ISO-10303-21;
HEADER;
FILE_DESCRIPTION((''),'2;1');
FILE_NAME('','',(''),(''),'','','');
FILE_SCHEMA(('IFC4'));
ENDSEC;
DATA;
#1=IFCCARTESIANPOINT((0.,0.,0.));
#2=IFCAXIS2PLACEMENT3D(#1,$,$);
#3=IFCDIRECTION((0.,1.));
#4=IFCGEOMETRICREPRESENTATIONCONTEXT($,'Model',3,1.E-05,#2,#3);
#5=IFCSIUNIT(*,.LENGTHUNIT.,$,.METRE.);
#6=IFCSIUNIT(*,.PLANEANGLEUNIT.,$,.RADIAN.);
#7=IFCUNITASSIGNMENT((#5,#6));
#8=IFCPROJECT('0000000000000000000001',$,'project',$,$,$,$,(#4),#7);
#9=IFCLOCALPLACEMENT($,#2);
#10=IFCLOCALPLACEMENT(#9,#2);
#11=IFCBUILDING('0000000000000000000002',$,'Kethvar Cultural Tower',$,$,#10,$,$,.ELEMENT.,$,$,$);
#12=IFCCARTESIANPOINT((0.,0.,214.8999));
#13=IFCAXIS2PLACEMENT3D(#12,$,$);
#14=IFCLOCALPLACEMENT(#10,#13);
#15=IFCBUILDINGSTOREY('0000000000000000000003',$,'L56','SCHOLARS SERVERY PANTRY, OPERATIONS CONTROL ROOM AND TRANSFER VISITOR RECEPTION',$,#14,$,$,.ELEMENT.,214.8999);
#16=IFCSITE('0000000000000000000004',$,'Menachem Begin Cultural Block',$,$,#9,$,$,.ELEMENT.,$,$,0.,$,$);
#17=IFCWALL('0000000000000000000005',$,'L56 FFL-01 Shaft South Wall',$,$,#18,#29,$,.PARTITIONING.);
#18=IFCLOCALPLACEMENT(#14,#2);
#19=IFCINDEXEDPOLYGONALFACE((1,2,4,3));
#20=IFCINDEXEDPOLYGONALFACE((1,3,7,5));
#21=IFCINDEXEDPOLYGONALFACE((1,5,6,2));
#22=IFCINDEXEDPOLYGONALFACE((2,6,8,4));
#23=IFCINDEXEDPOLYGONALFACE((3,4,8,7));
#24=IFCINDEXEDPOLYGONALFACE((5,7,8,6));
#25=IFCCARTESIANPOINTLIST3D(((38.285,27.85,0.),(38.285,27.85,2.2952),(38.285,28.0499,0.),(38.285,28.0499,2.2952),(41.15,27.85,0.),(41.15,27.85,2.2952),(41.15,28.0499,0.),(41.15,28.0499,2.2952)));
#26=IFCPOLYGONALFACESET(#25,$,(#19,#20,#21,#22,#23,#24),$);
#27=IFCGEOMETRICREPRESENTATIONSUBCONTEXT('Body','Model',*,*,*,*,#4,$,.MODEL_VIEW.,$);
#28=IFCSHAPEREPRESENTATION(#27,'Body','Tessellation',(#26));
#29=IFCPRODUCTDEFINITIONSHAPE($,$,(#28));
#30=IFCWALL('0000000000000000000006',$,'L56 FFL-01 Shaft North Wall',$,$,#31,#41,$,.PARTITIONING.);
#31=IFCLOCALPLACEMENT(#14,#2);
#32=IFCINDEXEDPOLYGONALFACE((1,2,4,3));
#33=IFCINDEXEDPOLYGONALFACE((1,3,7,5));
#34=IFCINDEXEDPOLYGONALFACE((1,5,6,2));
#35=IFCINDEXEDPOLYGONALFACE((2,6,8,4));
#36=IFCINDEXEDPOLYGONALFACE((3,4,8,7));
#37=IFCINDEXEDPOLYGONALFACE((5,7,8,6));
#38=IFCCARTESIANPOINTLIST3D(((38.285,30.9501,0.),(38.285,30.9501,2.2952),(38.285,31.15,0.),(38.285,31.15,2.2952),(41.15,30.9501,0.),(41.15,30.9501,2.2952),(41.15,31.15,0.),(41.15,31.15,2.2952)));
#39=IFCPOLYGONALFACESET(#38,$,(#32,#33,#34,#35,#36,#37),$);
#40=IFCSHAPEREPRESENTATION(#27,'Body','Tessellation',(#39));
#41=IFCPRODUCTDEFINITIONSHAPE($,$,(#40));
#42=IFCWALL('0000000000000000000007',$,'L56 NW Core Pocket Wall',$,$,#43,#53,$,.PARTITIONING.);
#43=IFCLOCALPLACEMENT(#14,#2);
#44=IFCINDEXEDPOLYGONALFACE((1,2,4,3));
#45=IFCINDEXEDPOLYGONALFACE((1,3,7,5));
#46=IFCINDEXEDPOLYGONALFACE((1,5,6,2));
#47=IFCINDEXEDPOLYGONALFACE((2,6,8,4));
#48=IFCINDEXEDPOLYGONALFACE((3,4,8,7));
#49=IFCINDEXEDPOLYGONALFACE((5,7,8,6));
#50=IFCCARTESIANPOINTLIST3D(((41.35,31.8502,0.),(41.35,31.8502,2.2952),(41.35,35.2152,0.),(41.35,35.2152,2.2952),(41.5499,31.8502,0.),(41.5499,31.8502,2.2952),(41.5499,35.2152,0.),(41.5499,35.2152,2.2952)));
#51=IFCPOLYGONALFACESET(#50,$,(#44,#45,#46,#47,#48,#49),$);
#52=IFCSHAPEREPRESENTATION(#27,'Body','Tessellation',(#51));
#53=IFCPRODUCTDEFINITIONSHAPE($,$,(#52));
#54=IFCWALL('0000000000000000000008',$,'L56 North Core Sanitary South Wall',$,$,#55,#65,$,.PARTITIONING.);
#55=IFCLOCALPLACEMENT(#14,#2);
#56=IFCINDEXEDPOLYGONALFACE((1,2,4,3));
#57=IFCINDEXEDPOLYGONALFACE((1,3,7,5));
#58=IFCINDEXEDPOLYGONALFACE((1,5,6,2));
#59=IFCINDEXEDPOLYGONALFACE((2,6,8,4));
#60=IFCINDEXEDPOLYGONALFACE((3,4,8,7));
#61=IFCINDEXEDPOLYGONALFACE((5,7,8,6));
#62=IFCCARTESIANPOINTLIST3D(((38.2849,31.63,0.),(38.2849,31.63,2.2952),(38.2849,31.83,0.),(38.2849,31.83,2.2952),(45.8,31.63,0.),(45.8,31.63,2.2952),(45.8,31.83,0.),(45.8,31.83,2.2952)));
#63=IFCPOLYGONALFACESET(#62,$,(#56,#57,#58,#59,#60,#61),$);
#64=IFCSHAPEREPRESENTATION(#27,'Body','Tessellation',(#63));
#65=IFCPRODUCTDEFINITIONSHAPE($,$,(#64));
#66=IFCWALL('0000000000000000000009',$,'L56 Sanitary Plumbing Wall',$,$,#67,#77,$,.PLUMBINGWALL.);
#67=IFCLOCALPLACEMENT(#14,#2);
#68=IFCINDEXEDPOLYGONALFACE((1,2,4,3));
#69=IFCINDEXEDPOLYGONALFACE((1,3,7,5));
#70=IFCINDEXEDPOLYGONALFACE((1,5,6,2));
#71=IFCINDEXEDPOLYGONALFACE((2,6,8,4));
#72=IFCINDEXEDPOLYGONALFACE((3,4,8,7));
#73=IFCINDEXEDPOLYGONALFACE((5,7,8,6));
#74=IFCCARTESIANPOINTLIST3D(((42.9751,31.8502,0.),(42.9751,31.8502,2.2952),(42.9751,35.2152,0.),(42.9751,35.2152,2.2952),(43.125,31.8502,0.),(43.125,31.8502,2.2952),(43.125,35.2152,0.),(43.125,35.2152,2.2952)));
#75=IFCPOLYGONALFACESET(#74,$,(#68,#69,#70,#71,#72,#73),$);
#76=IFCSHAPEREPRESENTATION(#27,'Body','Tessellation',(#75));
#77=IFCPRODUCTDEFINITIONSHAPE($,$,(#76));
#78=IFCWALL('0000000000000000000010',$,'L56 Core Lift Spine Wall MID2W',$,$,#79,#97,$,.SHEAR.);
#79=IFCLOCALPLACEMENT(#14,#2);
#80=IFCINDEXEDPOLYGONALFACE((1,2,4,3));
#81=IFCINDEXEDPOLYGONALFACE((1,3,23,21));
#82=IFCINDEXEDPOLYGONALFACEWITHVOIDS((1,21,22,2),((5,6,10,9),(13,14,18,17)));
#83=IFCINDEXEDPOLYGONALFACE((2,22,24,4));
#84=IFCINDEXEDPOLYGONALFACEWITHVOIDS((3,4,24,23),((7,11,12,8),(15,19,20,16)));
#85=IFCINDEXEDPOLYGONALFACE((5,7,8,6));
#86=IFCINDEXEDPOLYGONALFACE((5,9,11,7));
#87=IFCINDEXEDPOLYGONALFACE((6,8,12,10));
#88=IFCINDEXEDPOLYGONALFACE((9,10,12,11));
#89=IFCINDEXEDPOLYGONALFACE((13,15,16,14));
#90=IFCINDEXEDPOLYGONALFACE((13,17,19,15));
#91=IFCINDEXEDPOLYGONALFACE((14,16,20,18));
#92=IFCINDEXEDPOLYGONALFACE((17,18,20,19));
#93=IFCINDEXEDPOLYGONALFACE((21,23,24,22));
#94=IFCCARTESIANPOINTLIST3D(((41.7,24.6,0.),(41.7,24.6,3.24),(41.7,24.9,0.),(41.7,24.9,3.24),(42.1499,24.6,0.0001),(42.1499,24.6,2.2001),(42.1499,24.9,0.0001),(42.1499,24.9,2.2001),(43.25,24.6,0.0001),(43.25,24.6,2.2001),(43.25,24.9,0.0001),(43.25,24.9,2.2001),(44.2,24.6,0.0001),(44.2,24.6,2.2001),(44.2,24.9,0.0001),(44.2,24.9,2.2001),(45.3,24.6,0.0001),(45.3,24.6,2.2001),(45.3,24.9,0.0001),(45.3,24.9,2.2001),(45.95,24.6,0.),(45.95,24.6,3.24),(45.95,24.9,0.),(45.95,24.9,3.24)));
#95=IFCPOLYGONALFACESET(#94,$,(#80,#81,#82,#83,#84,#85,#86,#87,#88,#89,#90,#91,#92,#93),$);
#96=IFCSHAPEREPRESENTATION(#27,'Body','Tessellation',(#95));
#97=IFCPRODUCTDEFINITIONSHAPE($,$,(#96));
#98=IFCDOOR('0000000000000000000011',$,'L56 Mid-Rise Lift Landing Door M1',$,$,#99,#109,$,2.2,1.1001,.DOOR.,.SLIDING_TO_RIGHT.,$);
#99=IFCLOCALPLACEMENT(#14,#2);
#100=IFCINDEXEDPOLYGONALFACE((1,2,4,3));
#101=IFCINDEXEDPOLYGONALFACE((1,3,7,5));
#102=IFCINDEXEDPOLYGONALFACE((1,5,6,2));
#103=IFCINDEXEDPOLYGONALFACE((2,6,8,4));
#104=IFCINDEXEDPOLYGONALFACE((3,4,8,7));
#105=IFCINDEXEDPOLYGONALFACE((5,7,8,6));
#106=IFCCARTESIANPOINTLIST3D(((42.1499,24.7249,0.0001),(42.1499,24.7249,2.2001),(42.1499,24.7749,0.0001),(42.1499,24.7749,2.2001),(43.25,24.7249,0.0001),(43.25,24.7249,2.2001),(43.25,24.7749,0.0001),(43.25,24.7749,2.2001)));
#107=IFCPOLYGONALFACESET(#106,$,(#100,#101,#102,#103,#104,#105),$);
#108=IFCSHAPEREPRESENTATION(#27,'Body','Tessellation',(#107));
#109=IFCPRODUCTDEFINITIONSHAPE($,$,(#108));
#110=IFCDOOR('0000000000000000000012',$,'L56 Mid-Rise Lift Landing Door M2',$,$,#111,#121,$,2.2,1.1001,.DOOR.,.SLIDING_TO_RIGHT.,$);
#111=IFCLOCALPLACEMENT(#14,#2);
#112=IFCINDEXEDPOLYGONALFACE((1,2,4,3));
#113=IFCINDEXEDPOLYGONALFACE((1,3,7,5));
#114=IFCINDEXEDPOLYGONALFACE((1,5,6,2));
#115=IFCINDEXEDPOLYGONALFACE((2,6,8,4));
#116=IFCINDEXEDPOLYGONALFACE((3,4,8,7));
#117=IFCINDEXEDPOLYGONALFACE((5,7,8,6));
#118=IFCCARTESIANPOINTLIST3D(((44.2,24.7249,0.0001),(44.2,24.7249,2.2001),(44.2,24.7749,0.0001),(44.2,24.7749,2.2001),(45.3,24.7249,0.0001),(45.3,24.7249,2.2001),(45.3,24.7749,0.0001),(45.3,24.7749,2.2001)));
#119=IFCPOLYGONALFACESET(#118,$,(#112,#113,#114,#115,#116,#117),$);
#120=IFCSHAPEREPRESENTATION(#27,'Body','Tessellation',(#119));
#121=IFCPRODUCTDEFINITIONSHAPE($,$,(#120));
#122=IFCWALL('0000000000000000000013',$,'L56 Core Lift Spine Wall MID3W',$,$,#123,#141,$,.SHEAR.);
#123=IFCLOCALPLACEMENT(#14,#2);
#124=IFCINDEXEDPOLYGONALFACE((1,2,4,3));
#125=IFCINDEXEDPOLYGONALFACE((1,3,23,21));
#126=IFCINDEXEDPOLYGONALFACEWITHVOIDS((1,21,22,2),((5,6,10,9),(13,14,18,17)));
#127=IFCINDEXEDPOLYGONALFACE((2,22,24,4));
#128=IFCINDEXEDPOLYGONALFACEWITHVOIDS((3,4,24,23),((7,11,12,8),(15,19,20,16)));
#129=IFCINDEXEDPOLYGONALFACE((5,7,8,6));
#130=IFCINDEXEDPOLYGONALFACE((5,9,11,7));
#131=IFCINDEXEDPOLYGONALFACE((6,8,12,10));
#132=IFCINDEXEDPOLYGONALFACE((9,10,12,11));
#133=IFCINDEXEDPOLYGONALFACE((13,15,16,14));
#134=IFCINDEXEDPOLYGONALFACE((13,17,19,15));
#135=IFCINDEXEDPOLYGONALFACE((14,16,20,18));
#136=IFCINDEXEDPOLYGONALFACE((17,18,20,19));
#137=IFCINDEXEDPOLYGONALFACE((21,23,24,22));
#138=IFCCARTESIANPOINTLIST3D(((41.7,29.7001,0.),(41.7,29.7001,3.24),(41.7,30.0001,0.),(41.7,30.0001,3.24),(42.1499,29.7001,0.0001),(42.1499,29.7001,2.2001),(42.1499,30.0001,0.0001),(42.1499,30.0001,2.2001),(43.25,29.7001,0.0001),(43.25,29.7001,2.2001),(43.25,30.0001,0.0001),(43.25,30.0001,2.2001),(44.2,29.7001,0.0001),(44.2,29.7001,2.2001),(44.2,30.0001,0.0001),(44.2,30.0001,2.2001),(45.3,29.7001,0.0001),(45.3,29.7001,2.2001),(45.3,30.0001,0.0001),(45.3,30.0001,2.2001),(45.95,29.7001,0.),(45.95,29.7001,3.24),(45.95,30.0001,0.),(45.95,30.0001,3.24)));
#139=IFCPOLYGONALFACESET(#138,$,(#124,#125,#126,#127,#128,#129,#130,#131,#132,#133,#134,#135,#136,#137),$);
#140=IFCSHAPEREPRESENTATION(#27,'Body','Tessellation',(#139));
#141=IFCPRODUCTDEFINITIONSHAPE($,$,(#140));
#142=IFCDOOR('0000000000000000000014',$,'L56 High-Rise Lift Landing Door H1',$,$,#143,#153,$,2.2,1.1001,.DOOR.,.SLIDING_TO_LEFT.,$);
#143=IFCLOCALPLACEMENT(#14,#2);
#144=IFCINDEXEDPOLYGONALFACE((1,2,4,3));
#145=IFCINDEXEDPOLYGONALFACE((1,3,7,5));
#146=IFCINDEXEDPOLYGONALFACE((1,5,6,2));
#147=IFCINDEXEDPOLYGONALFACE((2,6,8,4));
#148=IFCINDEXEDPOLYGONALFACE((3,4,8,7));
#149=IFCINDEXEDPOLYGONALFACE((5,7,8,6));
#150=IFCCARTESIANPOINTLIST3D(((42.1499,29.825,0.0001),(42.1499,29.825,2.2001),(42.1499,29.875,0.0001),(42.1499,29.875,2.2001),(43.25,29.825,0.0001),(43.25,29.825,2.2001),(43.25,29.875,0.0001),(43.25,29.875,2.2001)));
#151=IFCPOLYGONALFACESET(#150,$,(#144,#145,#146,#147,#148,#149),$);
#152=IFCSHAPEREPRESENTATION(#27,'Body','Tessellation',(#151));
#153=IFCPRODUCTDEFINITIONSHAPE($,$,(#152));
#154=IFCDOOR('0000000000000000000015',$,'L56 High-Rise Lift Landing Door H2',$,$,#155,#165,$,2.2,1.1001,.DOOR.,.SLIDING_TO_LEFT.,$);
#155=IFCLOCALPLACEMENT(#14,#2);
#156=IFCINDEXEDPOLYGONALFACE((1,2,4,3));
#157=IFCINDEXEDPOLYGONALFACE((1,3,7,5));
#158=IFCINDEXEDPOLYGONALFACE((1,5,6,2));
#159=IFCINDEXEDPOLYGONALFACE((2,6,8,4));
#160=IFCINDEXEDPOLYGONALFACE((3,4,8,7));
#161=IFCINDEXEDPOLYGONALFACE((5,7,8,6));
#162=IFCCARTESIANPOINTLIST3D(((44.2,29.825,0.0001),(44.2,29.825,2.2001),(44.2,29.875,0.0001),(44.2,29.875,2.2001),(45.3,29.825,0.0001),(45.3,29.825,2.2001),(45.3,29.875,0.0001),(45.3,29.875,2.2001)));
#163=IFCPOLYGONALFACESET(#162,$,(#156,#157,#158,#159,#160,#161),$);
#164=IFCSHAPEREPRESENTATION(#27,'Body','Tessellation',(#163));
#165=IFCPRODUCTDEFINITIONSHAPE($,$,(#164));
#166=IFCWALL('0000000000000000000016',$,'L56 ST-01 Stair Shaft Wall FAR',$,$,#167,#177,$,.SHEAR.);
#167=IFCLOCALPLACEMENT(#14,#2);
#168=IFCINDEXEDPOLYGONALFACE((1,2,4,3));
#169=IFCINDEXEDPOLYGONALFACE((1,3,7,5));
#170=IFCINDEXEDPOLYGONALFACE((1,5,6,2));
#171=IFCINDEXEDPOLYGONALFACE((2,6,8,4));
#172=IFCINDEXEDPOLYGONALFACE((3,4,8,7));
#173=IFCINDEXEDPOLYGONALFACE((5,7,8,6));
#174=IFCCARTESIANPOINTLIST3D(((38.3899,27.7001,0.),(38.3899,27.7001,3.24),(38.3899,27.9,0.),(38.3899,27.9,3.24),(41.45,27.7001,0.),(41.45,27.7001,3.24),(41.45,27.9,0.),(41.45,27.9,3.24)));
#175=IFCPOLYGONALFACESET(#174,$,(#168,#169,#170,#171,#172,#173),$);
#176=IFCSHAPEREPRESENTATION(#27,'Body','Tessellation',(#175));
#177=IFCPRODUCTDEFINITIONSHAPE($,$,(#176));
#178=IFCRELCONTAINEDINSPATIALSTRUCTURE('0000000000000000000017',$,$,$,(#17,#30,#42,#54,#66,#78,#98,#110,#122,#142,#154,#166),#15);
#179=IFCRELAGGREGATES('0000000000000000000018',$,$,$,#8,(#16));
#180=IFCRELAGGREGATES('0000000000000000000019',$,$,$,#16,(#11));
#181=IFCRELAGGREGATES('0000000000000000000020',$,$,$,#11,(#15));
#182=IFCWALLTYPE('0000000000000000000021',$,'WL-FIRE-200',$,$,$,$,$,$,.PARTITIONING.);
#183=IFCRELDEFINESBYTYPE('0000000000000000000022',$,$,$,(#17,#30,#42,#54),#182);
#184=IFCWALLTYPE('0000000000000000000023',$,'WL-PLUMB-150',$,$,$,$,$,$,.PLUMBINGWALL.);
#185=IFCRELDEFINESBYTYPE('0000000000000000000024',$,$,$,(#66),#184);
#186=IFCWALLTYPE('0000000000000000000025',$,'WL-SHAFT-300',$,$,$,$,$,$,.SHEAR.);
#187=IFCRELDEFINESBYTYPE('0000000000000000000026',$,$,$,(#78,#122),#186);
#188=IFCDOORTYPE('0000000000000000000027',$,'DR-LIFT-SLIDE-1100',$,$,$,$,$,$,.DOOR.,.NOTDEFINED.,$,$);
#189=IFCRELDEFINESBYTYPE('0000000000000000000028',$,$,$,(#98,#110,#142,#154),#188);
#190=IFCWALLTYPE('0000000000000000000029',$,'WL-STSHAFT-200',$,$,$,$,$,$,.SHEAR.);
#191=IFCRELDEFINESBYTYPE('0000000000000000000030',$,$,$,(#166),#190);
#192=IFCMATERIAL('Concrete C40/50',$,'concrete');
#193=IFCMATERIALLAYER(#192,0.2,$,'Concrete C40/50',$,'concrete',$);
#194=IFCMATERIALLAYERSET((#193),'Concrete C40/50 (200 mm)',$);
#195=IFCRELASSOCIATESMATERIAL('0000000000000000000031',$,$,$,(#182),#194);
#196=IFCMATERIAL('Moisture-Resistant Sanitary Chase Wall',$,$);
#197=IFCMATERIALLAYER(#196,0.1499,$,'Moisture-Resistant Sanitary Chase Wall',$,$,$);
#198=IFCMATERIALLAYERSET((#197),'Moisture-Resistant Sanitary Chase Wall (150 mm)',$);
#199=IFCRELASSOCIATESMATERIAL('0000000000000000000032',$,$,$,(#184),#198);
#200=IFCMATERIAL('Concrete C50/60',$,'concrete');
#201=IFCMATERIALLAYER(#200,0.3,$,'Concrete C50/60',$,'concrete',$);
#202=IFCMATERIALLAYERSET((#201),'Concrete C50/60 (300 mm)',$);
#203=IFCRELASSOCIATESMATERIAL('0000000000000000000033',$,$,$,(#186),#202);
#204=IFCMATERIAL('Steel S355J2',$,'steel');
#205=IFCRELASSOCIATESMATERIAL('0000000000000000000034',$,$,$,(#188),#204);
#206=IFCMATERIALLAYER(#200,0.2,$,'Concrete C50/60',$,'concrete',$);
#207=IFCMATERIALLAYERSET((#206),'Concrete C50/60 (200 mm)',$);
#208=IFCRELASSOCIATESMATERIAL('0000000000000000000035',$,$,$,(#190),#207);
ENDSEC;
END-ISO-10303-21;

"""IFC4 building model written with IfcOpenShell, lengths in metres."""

from ifc_helpers import new_model, si_unit, direction, frame, frame_2d, origin, place, context, subcontext, project, spatial, rectangle, extrude, source, transform, mapped, material, layer, layer_set, type_object, element, fill, save


model = new_model("IFC4")

# Units and contexts
model_context = context("Model", 3, precision=1e-05, world=origin(), true_north=direction((0.0, 1.0)))
body_context = subcontext(model_context, "Body", "Model", "MODEL_VIEW")
ifc_project = project(units=[si_unit("LENGTHUNIT", "METRE"), si_unit("PLANEANGLEUNIT", "RADIAN")], contexts=[model_context])

# Site, building, storey
site_placement = place(None, origin())
site = spatial("IfcSite", under=ifc_project, at=site_placement, Name="Menachem Begin Cultural Block", CompositionType="ELEMENT", RefElevation=0.0)
building_placement = place(site_placement, origin())
building = spatial("IfcBuilding", under=site, at=building_placement, Name="Kethvar Cultural Tower", CompositionType="ELEMENT")
storey_placement = place(building_placement, frame((0.0, 0.0, 214.8999)))
storey = spatial("IfcBuildingStorey", under=building, at=storey_placement, Name="L56", Description="SCHOLARS SERVERY PANTRY, OPERATIONS CONTROL ROOM AND TRANSFER VISITOR RECEPTION", CompositionType="ELEMENT", Elevation=214.8999)

# Shared definitions
ifc_material_1 = material(Name="Steel S355J2", Category="steel")

# Walls
ifc_material_2 = material(Name="Concrete C40/50", Category="concrete")
ifc_layer_1 = layer(ifc_material_2, 0.2, Name="Concrete C40/50", Category="concrete")
ifc_layer_set_1 = layer_set([ifc_layer_1], Name="Concrete C40/50 (200 mm)")
wall_type_1 = type_object("IfcWallType", Name="WL-FIRE-200", PredefinedType="PARTITIONING", material=ifc_layer_set_1)
for number, where, z_axis, x_axis, name in (
    (1, (38.2849, 27.95, 0.0), (0.0, 0.0, 1.0), (1.0, 0.0, 0.0), "L56 FFL-01 Shaft South Wall"),
    (2, (38.2849, 31.05, 0.0), (0.0, 0.0, 1.0), (1.0, 0.0, 0.0), "L56 FFL-01 Shaft North Wall"),
):
    element("IfcWall", number, at=place(storey_placement, frame(where, z_axis=z_axis, x_axis=x_axis)), inside=storey, type_object=wall_type_1, Name=name, PredefinedType="PARTITIONING", context=body_context, shape_type="SweptSolid", body=[
        extrude(rectangle(XDim=2.865, YDim=0.2, at=frame_2d((1.4326, 0.0))), origin(), (0.0, 0.0, 1.0), 2.2952),
    ])
wall_1_placement = place(storey_placement, frame((41.45, 31.8501, 0.0), z_axis=(0.0, 0.0, 1.0), x_axis=(0.0, 1.0, 0.0)))
element("IfcWall", 3, at=wall_1_placement, inside=storey, type_object=wall_type_1, Name="L56 NW Core Pocket Wall", PredefinedType="PARTITIONING", context=body_context, shape_type="SweptSolid", body=[
    extrude(rectangle(XDim=3.365, YDim=0.2, at=frame_2d((1.6826, 0.0))), origin(), (0.0, 0.0, 1.0), 2.2952),
])
wall_2_placement = place(storey_placement, frame((38.2849, 31.73, 0.0), z_axis=(0.0, 0.0, 1.0), x_axis=(1.0, 0.0, 0.0)))
element("IfcWall", 4, at=wall_2_placement, inside=storey, type_object=wall_type_1, Name="L56 North Core Sanitary South Wall", PredefinedType="PARTITIONING", context=body_context, shape_type="SweptSolid", body=[
    extrude(rectangle(XDim=7.5151, YDim=0.2, at=frame_2d((3.7576, 0.0))), origin(), (0.0, 0.0, 1.0), 2.2952),
])
ifc_material_3 = material(Name="Moisture-Resistant Sanitary Chase Wall")
ifc_layer_2 = layer(ifc_material_3, 0.1499, Name="Moisture-Resistant Sanitary Chase Wall")
ifc_layer_set_2 = layer_set([ifc_layer_2], Name="Moisture-Resistant Sanitary Chase Wall (150 mm)")
wall_type_2 = type_object("IfcWallType", Name="WL-PLUMB-150", PredefinedType="PLUMBINGWALL", material=ifc_layer_set_2)
wall_3_placement = place(storey_placement, frame((43.05, 31.8501, 0.0), z_axis=(0.0, 0.0, 1.0), x_axis=(0.0, 1.0, 0.0)))
element("IfcWall", 5, at=wall_3_placement, inside=storey, type_object=wall_type_2, Name="L56 Sanitary Plumbing Wall", PredefinedType="PLUMBINGWALL", context=body_context, shape_type="SweptSolid", body=[
    extrude(rectangle(XDim=3.365, YDim=0.1499, at=frame_2d((1.6826, 0.0))), origin(), (0.0, 0.0, 1.0), 2.2952),
])

# Walls, openings, doors
ifc_material_4 = material(Name="Concrete C50/60", Category="concrete")
ifc_layer_3 = layer(ifc_material_4, 0.3, Name="Concrete C50/60", Category="concrete")
ifc_layer_set_3 = layer_set([ifc_layer_3], Name="Concrete C50/60 (300 mm)")
wall_type_3 = type_object("IfcWallType", Name="WL-SHAFT-300", PredefinedType="SHEAR", material=ifc_layer_set_3)
wall_4_placement = place(storey_placement, frame((41.7, 24.75, 0.0), z_axis=(0.0, 0.0, 1.0), x_axis=(1.0, 0.0, 0.0)))
wall_4 = element("IfcWall", 6, at=wall_4_placement, inside=storey, type_object=wall_type_3, Name="L56 Core Lift Spine Wall MID2W", PredefinedType="SHEAR", context=body_context, shape_type="SweptSolid", body=[
    extrude(rectangle(XDim=4.25, YDim=0.3, at=frame_2d((2.125, 0.0))), origin(), (0.0, 0.0, 1.0), 3.24),
])
opening_1_placement = place(wall_4_placement, frame((0.45, 0.0, 0.0)))
opening_1 = element("IfcOpeningElement", 7, at=opening_1_placement, cuts=wall_4, PredefinedType="OPENING", context=body_context, shape_type="SweptSolid", body=[
    extrude(rectangle(XDim=1.1001, YDim=2.2, at=frame_2d((0.55, 1.1001))), frame((0.0, 0.1599, 0.0), z_axis=(0.0, -1.0, 0.0), x_axis=(1.0, 0.0, 0.0)), (0.0, 0.0, 1.0), 0.3201),
])
opening_2_placement = place(wall_4_placement, frame((2.5, 0.0, 0.0)))
opening_2 = element("IfcOpeningElement", 8, at=opening_2_placement, cuts=wall_4, PredefinedType="OPENING", context=body_context, shape_type="SweptSolid", body=[
    extrude(rectangle(XDim=1.1001, YDim=2.2, at=frame_2d((0.55, 1.1001))), frame((0.0, 0.1599, 0.0), z_axis=(0.0, -1.0, 0.0), x_axis=(1.0, 0.0, 0.0)), (0.0, 0.0, 1.0), 0.3201),
])
door_type = type_object("IfcDoorType", Name="DR-LIFT-SLIDE-1100", OperationType="NOTDEFINED", PredefinedType="DOOR", material=ifc_material_1)
shared_shape_1 = source(origin(), body_context, "Body", "SweptSolid", [
    extrude(rectangle(XDim=1.1001, YDim=2.2, at=frame_2d((0.55, 1.1001))), frame((0.0, 0.0249, 0.0), z_axis=(0.0, -1.0, 0.0), x_axis=(1.0, 0.0, 0.0)), (0.0, 0.0, 1.0), 0.05),
])
door_1_placement = place(opening_1_placement, origin())
door_1 = element("IfcDoor", 9, at=door_1_placement, inside=storey, type_object=door_type, Name="L56 Mid-Rise Lift Landing Door M1", OperationType="SLIDING_TO_RIGHT", OverallHeight=2.2, OverallWidth=1.1001, PredefinedType="DOOR", context=body_context, shape_type="MappedRepresentation", body=[
    mapped(shared_shape_1, transform((0.0, 0.0, 0.0), scale=1.0)),
])
fill(opening_1, door_1)
door_2_placement = place(opening_2_placement, origin())
door_2 = element("IfcDoor", 10, at=door_2_placement, inside=storey, type_object=door_type, Name="L56 Mid-Rise Lift Landing Door M2", OperationType="SLIDING_TO_RIGHT", OverallHeight=2.2, OverallWidth=1.1001, PredefinedType="DOOR", context=body_context, shape_type="MappedRepresentation", body=[
    mapped(shared_shape_1, transform((0.0, 0.0, 0.0), scale=1.0)),
])
fill(opening_2, door_2)
wall_5_placement = place(storey_placement, frame((41.7, 29.8501, 0.0), z_axis=(0.0, 0.0, 1.0), x_axis=(1.0, 0.0, 0.0)))
wall_5 = element("IfcWall", 11, at=wall_5_placement, inside=storey, type_object=wall_type_3, Name="L56 Core Lift Spine Wall MID3W", PredefinedType="SHEAR", context=body_context, shape_type="SweptSolid", body=[
    extrude(rectangle(XDim=4.25, YDim=0.3, at=frame_2d((2.125, 0.0))), origin(), (0.0, 0.0, 1.0), 3.24),
])
opening_3_placement = place(wall_5_placement, frame((0.45, 0.0, 0.0)))
opening_3 = element("IfcOpeningElement", 12, at=opening_3_placement, cuts=wall_5, PredefinedType="OPENING", context=body_context, shape_type="SweptSolid", body=[
    extrude(rectangle(XDim=1.1001, YDim=2.2, at=frame_2d((0.55, 1.1001))), frame((0.0, 0.1599, 0.0), z_axis=(0.0, -1.0, 0.0), x_axis=(1.0, 0.0, 0.0)), (0.0, 0.0, 1.0), 0.3201),
])
opening_4_placement = place(wall_5_placement, frame((2.5, 0.0, 0.0)))
opening_4 = element("IfcOpeningElement", 13, at=opening_4_placement, cuts=wall_5, PredefinedType="OPENING", context=body_context, shape_type="SweptSolid", body=[
    extrude(rectangle(XDim=1.1001, YDim=2.2, at=frame_2d((0.55, 1.1001))), frame((0.0, 0.1599, 0.0), z_axis=(0.0, -1.0, 0.0), x_axis=(1.0, 0.0, 0.0)), (0.0, 0.0, 1.0), 0.3201),
])
door_3_placement = place(opening_3_placement, origin())
door_3 = element("IfcDoor", 14, at=door_3_placement, inside=storey, type_object=door_type, Name="L56 High-Rise Lift Landing Door H1", OperationType="SLIDING_TO_LEFT", OverallHeight=2.2, OverallWidth=1.1001, PredefinedType="DOOR", context=body_context, shape_type="MappedRepresentation", body=[
    mapped(shared_shape_1, transform((0.0, 0.0, 0.0), scale=1.0)),
])
fill(opening_3, door_3)
door_4_placement = place(opening_4_placement, origin())
door_4 = element("IfcDoor", 15, at=door_4_placement, inside=storey, type_object=door_type, Name="L56 High-Rise Lift Landing Door H2", OperationType="SLIDING_TO_LEFT", OverallHeight=2.2, OverallWidth=1.1001, PredefinedType="DOOR", context=body_context, shape_type="MappedRepresentation", body=[
    mapped(shared_shape_1, transform((0.0, 0.0, 0.0), scale=1.0)),
])
fill(opening_4, door_4)

# Wall
ifc_layer_4 = layer(ifc_material_4, 0.2, Name="Concrete C50/60", Category="concrete")
ifc_layer_set_4 = layer_set([ifc_layer_4], Name="Concrete C50/60 (200 mm)")
wall_type_4 = type_object("IfcWallType", Name="WL-STSHAFT-200", PredefinedType="SHEAR", material=ifc_layer_set_4)
wall_6_placement = place(storey_placement, frame((38.3899, 27.8, 0.0), z_axis=(0.0, 0.0, 1.0), x_axis=(1.0, 0.0, 0.0)))
element("IfcWall", 16, at=wall_6_placement, inside=storey, type_object=wall_type_4, Name="L56 ST-01 Stair Shaft Wall FAR", PredefinedType="SHEAR", context=body_context, shape_type="SweptSolid", body=[
    extrude(rectangle(XDim=3.0601, YDim=0.2, at=frame_2d((1.53, 0.0))), origin(), (0.0, 0.0, 1.0), 3.24),
])

save(model, "model.ifc")
